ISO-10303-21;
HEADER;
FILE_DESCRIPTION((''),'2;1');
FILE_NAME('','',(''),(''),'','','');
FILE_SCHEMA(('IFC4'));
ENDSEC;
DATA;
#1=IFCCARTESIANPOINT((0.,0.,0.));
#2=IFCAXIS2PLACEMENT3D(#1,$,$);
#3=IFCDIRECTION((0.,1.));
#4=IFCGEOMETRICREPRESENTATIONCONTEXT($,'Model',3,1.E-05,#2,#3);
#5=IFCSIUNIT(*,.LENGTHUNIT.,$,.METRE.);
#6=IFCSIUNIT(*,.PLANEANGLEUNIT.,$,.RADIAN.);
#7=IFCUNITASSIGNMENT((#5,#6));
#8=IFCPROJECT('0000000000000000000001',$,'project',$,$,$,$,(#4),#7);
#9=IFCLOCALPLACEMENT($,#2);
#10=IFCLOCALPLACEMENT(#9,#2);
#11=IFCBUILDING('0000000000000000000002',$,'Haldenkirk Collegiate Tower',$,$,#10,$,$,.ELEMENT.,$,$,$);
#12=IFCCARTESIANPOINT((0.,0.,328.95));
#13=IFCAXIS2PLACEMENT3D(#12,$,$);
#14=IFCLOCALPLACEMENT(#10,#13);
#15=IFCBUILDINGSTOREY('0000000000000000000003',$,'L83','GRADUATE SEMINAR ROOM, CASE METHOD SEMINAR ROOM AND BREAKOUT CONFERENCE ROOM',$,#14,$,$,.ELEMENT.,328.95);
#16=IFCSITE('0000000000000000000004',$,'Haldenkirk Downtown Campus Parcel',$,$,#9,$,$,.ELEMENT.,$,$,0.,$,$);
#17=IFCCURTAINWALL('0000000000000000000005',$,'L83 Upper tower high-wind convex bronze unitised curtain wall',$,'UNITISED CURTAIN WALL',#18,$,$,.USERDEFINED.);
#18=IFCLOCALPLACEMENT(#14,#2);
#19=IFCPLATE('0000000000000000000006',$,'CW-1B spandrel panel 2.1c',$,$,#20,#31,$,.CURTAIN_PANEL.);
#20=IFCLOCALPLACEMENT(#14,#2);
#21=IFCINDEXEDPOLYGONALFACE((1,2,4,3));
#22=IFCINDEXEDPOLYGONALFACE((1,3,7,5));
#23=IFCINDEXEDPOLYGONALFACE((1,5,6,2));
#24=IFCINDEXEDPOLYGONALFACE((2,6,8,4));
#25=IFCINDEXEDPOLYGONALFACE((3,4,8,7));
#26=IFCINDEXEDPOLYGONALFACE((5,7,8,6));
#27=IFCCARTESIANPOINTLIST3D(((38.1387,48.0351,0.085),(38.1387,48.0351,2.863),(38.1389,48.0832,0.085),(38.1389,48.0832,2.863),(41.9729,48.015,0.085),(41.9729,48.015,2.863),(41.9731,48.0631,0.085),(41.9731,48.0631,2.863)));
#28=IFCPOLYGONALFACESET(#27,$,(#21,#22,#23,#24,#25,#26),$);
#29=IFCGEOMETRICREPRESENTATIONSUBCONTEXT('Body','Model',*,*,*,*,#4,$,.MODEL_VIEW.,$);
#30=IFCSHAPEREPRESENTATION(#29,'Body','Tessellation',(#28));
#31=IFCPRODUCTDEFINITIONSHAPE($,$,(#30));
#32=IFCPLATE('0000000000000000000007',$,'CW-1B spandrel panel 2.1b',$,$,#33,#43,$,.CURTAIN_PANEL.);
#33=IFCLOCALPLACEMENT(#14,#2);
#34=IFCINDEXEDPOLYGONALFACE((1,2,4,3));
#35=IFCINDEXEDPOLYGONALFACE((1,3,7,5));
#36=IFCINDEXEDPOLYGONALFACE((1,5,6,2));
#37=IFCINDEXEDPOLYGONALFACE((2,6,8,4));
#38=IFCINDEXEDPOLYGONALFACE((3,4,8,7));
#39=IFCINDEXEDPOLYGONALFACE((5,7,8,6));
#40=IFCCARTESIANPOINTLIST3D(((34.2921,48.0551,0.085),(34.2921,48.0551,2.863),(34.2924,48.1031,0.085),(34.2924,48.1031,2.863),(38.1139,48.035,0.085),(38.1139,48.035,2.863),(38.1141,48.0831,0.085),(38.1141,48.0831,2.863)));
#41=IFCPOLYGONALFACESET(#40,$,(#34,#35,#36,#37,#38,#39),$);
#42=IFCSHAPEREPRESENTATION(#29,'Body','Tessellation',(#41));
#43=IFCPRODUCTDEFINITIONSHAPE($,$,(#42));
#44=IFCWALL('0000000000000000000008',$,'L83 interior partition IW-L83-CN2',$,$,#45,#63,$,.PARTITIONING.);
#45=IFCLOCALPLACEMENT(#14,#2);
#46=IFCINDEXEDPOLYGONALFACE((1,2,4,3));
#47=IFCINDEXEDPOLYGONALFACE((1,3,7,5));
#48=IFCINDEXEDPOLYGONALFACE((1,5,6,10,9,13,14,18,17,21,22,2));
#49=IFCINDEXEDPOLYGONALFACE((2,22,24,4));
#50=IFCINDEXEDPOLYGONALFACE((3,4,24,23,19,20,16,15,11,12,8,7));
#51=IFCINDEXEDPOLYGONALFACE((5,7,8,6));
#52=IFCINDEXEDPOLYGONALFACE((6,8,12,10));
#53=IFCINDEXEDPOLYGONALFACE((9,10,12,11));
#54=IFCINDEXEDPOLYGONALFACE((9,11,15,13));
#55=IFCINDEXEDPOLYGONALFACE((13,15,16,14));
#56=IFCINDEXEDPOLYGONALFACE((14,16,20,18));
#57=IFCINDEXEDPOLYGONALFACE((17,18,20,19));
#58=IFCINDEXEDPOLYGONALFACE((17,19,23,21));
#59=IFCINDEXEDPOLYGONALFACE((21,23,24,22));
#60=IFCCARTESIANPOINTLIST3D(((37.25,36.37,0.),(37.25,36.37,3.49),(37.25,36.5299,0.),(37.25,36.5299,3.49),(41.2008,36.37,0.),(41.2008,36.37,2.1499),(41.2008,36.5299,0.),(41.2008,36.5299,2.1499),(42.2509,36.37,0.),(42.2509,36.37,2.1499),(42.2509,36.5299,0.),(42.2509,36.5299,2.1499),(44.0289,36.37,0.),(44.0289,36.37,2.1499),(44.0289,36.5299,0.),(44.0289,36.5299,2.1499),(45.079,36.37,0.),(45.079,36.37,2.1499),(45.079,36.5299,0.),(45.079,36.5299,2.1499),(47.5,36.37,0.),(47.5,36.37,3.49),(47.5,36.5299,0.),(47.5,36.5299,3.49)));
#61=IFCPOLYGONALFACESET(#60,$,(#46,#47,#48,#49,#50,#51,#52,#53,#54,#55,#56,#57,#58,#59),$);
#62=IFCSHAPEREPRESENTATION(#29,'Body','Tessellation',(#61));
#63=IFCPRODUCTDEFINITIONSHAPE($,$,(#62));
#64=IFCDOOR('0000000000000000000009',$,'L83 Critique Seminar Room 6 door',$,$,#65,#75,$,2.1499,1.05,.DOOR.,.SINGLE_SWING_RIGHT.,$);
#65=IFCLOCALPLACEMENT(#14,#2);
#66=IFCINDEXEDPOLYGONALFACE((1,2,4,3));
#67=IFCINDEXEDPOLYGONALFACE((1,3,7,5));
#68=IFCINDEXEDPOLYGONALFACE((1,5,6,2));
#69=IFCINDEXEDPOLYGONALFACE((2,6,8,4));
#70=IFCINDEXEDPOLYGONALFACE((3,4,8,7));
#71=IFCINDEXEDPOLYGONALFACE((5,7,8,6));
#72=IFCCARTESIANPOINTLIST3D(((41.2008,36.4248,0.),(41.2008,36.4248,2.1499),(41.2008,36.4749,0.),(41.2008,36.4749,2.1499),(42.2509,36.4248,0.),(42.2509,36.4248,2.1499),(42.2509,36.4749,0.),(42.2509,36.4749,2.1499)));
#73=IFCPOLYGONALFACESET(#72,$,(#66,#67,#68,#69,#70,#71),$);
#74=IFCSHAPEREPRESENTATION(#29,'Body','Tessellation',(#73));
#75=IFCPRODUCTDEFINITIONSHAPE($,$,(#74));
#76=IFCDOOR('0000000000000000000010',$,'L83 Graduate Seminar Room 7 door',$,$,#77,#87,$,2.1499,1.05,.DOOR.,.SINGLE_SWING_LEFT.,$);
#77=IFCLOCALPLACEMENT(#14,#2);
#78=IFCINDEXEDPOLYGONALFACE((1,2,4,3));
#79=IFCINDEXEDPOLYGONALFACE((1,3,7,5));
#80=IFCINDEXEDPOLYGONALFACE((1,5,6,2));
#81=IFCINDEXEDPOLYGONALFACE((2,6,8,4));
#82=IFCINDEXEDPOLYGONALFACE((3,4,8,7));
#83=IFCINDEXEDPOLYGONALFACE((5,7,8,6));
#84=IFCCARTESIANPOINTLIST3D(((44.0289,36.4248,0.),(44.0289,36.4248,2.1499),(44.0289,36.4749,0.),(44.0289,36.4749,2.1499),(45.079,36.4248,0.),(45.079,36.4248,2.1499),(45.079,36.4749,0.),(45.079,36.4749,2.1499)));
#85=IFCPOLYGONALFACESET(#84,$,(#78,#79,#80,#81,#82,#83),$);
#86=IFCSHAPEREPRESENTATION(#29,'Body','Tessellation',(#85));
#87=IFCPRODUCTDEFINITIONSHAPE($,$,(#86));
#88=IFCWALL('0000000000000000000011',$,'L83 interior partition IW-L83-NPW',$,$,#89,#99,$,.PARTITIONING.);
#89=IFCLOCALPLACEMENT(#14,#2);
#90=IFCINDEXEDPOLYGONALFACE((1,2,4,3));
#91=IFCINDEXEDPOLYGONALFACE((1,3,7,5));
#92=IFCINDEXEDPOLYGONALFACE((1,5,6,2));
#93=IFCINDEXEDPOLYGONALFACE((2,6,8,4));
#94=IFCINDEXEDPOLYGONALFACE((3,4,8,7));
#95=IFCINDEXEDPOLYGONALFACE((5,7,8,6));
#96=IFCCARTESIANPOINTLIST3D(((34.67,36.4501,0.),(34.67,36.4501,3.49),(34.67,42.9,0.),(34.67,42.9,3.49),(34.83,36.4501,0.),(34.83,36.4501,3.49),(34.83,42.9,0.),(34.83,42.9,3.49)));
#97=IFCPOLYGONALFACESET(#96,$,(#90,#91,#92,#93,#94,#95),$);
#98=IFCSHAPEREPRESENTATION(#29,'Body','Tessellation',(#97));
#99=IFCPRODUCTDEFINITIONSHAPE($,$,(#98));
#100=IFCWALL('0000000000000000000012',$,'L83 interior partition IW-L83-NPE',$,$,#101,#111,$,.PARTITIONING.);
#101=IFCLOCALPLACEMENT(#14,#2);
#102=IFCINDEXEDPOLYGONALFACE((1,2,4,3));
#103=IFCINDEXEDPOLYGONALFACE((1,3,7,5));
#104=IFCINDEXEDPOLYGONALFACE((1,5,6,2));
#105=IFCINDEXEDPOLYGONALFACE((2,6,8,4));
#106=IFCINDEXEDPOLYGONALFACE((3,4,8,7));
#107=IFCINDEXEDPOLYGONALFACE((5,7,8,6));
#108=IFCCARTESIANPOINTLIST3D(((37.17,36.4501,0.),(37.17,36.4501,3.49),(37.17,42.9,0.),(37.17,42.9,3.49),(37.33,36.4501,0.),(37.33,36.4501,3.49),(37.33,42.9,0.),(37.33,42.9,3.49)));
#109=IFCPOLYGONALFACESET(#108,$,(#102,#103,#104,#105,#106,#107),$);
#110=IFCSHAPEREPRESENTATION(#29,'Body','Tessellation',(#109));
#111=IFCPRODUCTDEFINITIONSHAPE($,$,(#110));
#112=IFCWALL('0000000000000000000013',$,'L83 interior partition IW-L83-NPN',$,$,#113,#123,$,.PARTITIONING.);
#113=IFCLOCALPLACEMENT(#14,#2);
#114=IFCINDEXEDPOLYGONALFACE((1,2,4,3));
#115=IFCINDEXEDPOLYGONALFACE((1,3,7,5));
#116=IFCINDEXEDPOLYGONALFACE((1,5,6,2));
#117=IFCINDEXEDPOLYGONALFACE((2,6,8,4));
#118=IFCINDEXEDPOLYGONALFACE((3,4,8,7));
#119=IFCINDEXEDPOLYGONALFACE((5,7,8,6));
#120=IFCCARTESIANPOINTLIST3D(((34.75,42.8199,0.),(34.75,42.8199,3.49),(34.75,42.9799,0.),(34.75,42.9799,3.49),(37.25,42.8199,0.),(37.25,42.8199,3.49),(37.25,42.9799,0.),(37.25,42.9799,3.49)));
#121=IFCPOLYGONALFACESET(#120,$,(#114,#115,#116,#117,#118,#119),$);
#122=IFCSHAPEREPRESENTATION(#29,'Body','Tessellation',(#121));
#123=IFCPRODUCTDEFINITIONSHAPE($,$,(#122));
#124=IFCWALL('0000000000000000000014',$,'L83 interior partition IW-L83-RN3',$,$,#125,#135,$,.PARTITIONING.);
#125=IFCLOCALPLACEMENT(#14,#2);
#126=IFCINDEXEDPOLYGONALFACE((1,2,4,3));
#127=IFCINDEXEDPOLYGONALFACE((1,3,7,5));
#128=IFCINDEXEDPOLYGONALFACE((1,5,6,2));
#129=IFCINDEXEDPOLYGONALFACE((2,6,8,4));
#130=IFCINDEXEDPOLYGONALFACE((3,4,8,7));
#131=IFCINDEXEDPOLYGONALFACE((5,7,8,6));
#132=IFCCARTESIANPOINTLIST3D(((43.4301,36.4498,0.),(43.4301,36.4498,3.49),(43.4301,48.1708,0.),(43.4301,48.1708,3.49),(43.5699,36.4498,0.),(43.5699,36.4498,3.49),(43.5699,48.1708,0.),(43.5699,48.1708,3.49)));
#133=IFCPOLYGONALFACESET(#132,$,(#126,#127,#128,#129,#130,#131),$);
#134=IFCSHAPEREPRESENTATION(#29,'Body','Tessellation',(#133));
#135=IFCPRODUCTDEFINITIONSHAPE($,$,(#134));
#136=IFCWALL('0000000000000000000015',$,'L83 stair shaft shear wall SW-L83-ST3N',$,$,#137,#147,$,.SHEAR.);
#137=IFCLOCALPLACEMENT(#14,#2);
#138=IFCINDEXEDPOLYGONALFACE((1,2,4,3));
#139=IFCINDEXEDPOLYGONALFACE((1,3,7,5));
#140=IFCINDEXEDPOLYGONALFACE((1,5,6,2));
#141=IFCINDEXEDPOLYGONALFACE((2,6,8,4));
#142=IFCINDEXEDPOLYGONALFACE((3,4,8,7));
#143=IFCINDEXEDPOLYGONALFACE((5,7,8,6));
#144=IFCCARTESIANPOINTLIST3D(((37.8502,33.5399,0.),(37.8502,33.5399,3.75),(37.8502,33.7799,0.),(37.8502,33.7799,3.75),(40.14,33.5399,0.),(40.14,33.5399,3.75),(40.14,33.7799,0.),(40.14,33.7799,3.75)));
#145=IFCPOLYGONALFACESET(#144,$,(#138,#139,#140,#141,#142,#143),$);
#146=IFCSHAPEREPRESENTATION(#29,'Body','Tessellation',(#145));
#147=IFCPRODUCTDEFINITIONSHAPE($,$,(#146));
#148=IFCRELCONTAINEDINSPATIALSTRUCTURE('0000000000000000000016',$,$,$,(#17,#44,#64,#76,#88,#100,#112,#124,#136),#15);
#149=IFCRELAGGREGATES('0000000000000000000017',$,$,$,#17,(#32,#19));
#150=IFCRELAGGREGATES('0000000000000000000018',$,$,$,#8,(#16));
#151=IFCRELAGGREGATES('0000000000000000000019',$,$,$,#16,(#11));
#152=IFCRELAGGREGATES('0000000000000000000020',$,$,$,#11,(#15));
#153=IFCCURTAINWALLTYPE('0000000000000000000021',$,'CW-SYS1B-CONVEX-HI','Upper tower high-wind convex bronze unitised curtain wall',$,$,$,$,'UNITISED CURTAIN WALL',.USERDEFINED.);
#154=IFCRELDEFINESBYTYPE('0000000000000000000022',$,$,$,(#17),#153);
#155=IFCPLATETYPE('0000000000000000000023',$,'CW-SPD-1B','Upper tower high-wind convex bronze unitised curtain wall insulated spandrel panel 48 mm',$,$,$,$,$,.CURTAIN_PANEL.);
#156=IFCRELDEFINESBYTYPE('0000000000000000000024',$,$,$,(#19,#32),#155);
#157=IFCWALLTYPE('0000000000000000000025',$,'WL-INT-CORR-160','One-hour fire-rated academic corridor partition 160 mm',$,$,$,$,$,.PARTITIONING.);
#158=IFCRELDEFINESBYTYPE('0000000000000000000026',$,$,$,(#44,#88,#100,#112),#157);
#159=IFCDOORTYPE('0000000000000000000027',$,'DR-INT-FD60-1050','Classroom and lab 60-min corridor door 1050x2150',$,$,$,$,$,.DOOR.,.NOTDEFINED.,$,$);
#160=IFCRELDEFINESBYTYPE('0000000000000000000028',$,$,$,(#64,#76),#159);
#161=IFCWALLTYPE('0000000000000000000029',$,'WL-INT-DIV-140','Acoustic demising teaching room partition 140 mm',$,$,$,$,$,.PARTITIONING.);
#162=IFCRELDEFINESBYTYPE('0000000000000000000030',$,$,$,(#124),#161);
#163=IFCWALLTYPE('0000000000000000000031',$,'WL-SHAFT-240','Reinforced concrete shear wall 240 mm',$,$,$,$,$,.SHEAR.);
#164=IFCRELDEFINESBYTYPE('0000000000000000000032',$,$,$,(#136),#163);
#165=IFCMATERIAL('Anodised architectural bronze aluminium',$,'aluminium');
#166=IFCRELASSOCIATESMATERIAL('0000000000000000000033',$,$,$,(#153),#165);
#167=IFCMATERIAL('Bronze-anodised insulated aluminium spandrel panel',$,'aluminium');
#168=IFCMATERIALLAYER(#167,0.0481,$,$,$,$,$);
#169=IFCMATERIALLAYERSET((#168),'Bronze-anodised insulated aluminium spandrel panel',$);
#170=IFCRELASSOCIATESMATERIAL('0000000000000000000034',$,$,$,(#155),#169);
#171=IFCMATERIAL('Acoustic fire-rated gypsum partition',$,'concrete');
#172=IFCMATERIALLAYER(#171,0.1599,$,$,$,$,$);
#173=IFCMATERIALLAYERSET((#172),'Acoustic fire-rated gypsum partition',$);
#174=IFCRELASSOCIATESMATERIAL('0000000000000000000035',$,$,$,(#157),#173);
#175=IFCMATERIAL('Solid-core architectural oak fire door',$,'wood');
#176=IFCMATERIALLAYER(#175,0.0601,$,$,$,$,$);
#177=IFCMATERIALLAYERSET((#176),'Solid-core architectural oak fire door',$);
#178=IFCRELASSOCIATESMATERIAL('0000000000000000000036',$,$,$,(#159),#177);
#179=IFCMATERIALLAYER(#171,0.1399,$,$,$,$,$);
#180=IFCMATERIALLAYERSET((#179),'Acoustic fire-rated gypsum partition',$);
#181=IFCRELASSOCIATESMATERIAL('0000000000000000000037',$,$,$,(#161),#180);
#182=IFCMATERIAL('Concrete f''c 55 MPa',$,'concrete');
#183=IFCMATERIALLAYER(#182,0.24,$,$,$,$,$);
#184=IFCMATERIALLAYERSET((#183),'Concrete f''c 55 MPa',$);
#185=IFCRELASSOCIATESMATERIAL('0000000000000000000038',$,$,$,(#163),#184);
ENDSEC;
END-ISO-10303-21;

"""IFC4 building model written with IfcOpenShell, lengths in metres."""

from ifc_helpers import new_model, si_unit, direction, frame, frame_2d, origin, origin_2d, place, context, subcontext, project, spatial, rectangle, extrude, source, transform, mapped, material, layer, layer_set, type_object, element, fill, aggregate, save


model = new_model("IFC4")

# Units and contexts
model_context = context("Model", 3, precision=1e-05, world=origin(), true_north=direction((0.0, 1.0)))
body_context = subcontext(model_context, "Body", "Model", "MODEL_VIEW")
ifc_project = project(units=[si_unit("LENGTHUNIT", "METRE"), si_unit("PLANEANGLEUNIT", "RADIAN")], contexts=[model_context])

# Site, building, storey
site_placement = place(None, origin())
site = spatial("IfcSite", under=ifc_project, at=site_placement, Name="Haldenkirk Downtown Campus Parcel", CompositionType="ELEMENT", RefElevation=0.0)
building_placement = place(site_placement, origin())
building = spatial("IfcBuilding", under=site, at=building_placement, Name="Haldenkirk Collegiate Tower", CompositionType="ELEMENT")
storey_placement = place(building_placement, frame((0.0, 0.0, 328.95)))
storey = spatial("IfcBuildingStorey", under=building, at=storey_placement, Name="L83", Description="GRADUATE SEMINAR ROOM, CASE METHOD SEMINAR ROOM AND BREAKOUT CONFERENCE ROOM", CompositionType="ELEMENT", Elevation=328.95)

# Curtain wall
ifc_material_1 = material(Name="Anodised architectural bronze aluminium", Category="aluminium")
curtain_wall_type = type_object("IfcCurtainWallType", Name="CW-SYS1B-CONVEX-HI", Description="Upper tower high-wind convex bronze unitised curtain wall", ElementType="UNITISED CURTAIN WALL", PredefinedType="USERDEFINED", material=ifc_material_1)
curtain_wall_placement = place(storey_placement, origin())
curtain_wall = element("IfcCurtainWall", 1, at=curtain_wall_placement, inside=storey, type_object=curtain_wall_type, Name="L83 Upper tower high-wind convex bronze unitised curtain wall", ObjectType="UNITISED CURTAIN WALL", PredefinedType="USERDEFINED")

# Plates
ifc_material_2 = material(Name="Bronze-anodised insulated aluminium spandrel panel", Category="aluminium")
ifc_layer_1 = layer(ifc_material_2, 0.0481)
ifc_layer_set_1 = layer_set([ifc_layer_1], Name="Bronze-anodised insulated aluminium spandrel panel")
plate_type_1 = type_object("IfcPlateType", Name="CW-SPD-1B", Description="Upper tower high-wind convex bronze unitised curtain wall insulated spandrel panel 48 mm", PredefinedType="CURTAIN_PANEL", material=ifc_layer_set_1)
shared_shape_1 = source(origin(), body_context, "Body", "SweptSolid", [
    extrude(rectangle(XDim=3.8342, YDim=0.0481, at=origin_2d()), origin(), (0.0, 0.0, 1.0), 2.7781),
])
plate_1_placement = place(storey_placement, frame((40.0559, 48.0491, 0.085), z_axis=(0.0, 0.0, 1.0), x_axis=(0.999986, -0.005239, 0.0)))
plate_1 = element("IfcPlate", 2, at=plate_1_placement, type_object=plate_type_1, Name="CW-1B spandrel panel 2.1c", PredefinedType="CURTAIN_PANEL", context=body_context, shape_type="MappedRepresentation", body=[
    mapped(shared_shape_1, transform((0.0, 0.0, 0.0), x_axis=(1.0, 0.0, 0.0), y_axis=(0.0, 1.0, 0.0), z_axis=(0.0, 0.0, 1.0), scale=1.0)),
])
shared_shape_2 = source(origin(), body_context, "Body", "SweptSolid", [
    extrude(rectangle(XDim=3.8218, YDim=0.0481, at=origin_2d()), origin(), (0.0, 0.0, 1.0), 2.7781),
])
plate_2_placement = place(storey_placement, frame((36.2031, 48.0691, 0.085), z_axis=(0.0, 0.0, 1.0), x_axis=(0.999986, -0.005239, 0.0)))
plate_2 = element("IfcPlate", 3, at=plate_2_placement, type_object=plate_type_1, Name="CW-1B spandrel panel 2.1b", PredefinedType="CURTAIN_PANEL", context=body_context, shape_type="MappedRepresentation", body=[
    mapped(shared_shape_2, transform((0.0, 0.0, 0.0), x_axis=(1.0, 0.0, 0.0), y_axis=(0.0, 1.0, 0.0), z_axis=(0.0, 0.0, 1.0), scale=1.0)),
])
aggregate(curtain_wall, [plate_2, plate_1])

# Wall, openings, doors
ifc_material_3 = material(Name="Acoustic fire-rated gypsum partition", Category="concrete")
ifc_layer_2 = layer(ifc_material_3, 0.1599)
ifc_layer_set_2 = layer_set([ifc_layer_2], Name="Acoustic fire-rated gypsum partition")
wall_type_1 = type_object("IfcWallType", Name="WL-INT-CORR-160", Description="One-hour fire-rated academic corridor partition 160 mm", PredefinedType="PARTITIONING", material=ifc_layer_set_2)
wall_1_placement = place(storey_placement, frame((37.25, 36.45, 0.0), z_axis=(0.0, 0.0, 1.0), x_axis=(1.0, 0.0, 0.0)))
wall_1 = element("IfcWall", 4, at=wall_1_placement, inside=storey, type_object=wall_type_1, Name="L83 interior partition IW-L83-CN2", PredefinedType="PARTITIONING", context=body_context, shape_type="SweptSolid", body=[
    extrude(rectangle(XDim=10.25, YDim=0.1599, at=frame_2d((5.125, 0.0))), origin(), (0.0, 0.0, 1.0), 3.49),
])
opening_1_placement = place(wall_1_placement, frame((3.9509, 0.0, 0.0)))
opening_1 = element("IfcOpeningElement", 5, at=opening_1_placement, cuts=wall_1, PredefinedType="OPENING", context=body_context, shape_type="SweptSolid", body=[
    extrude(rectangle(XDim=1.05, YDim=2.1499, at=frame_2d((0.5249, 1.075))), frame((0.0, 0.0898, 0.0), z_axis=(0.0, -1.0, 0.0), x_axis=(1.0, 0.0, 0.0)), (0.0, 0.0, 1.0), 0.1799),
])
opening_2_placement = place(wall_1_placement, frame((6.7791, 0.0, 0.0)))
opening_2 = element("IfcOpeningElement", 6, at=opening_2_placement, cuts=wall_1, PredefinedType="OPENING", context=body_context, shape_type="SweptSolid", body=[
    extrude(rectangle(XDim=1.05, YDim=2.1499, at=frame_2d((0.5249, 1.075))), frame((0.0, 0.0898, 0.0), z_axis=(0.0, -1.0, 0.0), x_axis=(1.0, 0.0, 0.0)), (0.0, 0.0, 1.0), 0.1799),
])
ifc_material_4 = material(Name="Solid-core architectural oak fire door", Category="wood")
ifc_layer_3 = layer(ifc_material_4, 0.0601)
ifc_layer_set_3 = layer_set([ifc_layer_3], Name="Solid-core architectural oak fire door")
door_type = type_object("IfcDoorType", Name="DR-INT-FD60-1050", Description="Classroom and lab 60-min corridor door 1050x2150", OperationType="NOTDEFINED", PredefinedType="DOOR", material=ifc_layer_set_3)
door_1_placement = place(opening_1_placement, origin())
door_1 = element("IfcDoor", 7, at=door_1_placement, inside=storey, type_object=door_type, Name="L83 Critique Seminar Room 6 door", OperationType="SINGLE_SWING_RIGHT", OverallHeight=2.1499, OverallWidth=1.05, PredefinedType="DOOR", context=body_context, shape_type="SweptSolid", body=[
    extrude(rectangle(XDim=1.05, YDim=2.1499, at=frame_2d((0.5249, 1.075))), frame((0.0, 0.0249, 0.0), z_axis=(0.0, -1.0, 0.0), x_axis=(1.0, 0.0, 0.0)), (0.0, 0.0, 1.0), 0.05),
])
fill(opening_1, door_1)
door_2_placement = place(opening_2_placement, origin())
door_2 = element("IfcDoor", 8, at=door_2_placement, inside=storey, type_object=door_type, Name="L83 Graduate Seminar Room 7 door", OperationType="SINGLE_SWING_LEFT", OverallHeight=2.1499, OverallWidth=1.05, PredefinedType="DOOR", context=body_context, shape_type="SweptSolid", body=[
    extrude(rectangle(XDim=1.05, YDim=2.1499, at=frame_2d((0.5249, 1.075))), frame((0.0, 0.0249, 0.0), z_axis=(0.0, -1.0, 0.0), x_axis=(1.0, 0.0, 0.0)), (0.0, 0.0, 1.0), 0.05),
])
fill(opening_2, door_2)

# Walls
for number, where, z_axis, x_axis, name in (
    (9, (34.75, 36.45, 0.0), (0.0, 0.0, 1.0), (0.0, 1.0, 0.0), "L83 interior partition IW-L83-NPW"),
    (10, (37.25, 36.45, 0.0), (0.0, 0.0, 1.0), (0.0, 1.0, 0.0), "L83 interior partition IW-L83-NPE"),
):
    element("IfcWall", number, at=place(storey_placement, frame(where, z_axis=z_axis, x_axis=x_axis)), inside=storey, type_object=wall_type_1, Name=name, PredefinedType="PARTITIONING", context=body_context, shape_type="SweptSolid", body=[
        extrude(rectangle(XDim=6.45, YDim=0.1599, at=frame_2d((3.2251, 0.0))), origin(), (0.0, 0.0, 1.0), 3.49),
    ])
wall_2_placement = place(storey_placement, frame((34.75, 42.8999, 0.0), z_axis=(0.0, 0.0, 1.0), x_axis=(1.0, 0.0, 0.0)))
element("IfcWall", 11, at=wall_2_placement, inside=storey, type_object=wall_type_1, Name="L83 interior partition IW-L83-NPN", PredefinedType="PARTITIONING", context=body_context, shape_type="SweptSolid", body=[
    extrude(rectangle(XDim=2.5, YDim=0.1599, at=frame_2d((1.25, 0.0))), origin(), (0.0, 0.0, 1.0), 3.49),
])
ifc_layer_4 = layer(ifc_material_3, 0.1399)
ifc_layer_set_4 = layer_set([ifc_layer_4], Name="Acoustic fire-rated gypsum partition")
wall_type_2 = type_object("IfcWallType", Name="WL-INT-DIV-140", Description="Acoustic demising teaching room partition 140 mm", PredefinedType="PARTITIONING", material=ifc_layer_set_4)
wall_3_placement = place(storey_placement, frame((43.5, 36.45, 0.0), z_axis=(0.0, 0.0, 1.0), x_axis=(0.0, 1.0, 0.0)))
element("IfcWall", 12, at=wall_3_placement, inside=storey, type_object=wall_type_2, Name="L83 interior partition IW-L83-RN3", PredefinedType="PARTITIONING", context=body_context, shape_type="SweptSolid", body=[
    extrude(rectangle(XDim=11.7209, YDim=0.1399, at=frame_2d((5.8604, 0.0))), origin(), (0.0, 0.0, 1.0), 3.49),
])
ifc_material_5 = material(Name="Concrete f'c 55 MPa", Category="concrete")
ifc_layer_5 = layer(ifc_material_5, 0.24)
ifc_layer_set_5 = layer_set([ifc_layer_5], Name="Concrete f'c 55 MPa")
wall_type_3 = type_object("IfcWallType", Name="WL-SHAFT-240", Description="Reinforced concrete shear wall 240 mm", PredefinedType="SHEAR", material=ifc_layer_set_5)
wall_4_placement = place(storey_placement, frame((37.8501, 33.6599, 0.0), z_axis=(0.0, 0.0, 1.0), x_axis=(1.0, 0.0, 0.0)))
element("IfcWall", 13, at=wall_4_placement, inside=storey, type_object=wall_type_3, Name="L83 stair shaft shear wall SW-L83-ST3N", PredefinedType="SHEAR", context=body_context, shape_type="SweptSolid", body=[
    extrude(rectangle(XDim=2.2898, YDim=0.24, at=frame_2d((1.145, 0.0))), origin(), (0.0, 0.0, 1.0), 3.75),
])

save(model, "model.ifc")
